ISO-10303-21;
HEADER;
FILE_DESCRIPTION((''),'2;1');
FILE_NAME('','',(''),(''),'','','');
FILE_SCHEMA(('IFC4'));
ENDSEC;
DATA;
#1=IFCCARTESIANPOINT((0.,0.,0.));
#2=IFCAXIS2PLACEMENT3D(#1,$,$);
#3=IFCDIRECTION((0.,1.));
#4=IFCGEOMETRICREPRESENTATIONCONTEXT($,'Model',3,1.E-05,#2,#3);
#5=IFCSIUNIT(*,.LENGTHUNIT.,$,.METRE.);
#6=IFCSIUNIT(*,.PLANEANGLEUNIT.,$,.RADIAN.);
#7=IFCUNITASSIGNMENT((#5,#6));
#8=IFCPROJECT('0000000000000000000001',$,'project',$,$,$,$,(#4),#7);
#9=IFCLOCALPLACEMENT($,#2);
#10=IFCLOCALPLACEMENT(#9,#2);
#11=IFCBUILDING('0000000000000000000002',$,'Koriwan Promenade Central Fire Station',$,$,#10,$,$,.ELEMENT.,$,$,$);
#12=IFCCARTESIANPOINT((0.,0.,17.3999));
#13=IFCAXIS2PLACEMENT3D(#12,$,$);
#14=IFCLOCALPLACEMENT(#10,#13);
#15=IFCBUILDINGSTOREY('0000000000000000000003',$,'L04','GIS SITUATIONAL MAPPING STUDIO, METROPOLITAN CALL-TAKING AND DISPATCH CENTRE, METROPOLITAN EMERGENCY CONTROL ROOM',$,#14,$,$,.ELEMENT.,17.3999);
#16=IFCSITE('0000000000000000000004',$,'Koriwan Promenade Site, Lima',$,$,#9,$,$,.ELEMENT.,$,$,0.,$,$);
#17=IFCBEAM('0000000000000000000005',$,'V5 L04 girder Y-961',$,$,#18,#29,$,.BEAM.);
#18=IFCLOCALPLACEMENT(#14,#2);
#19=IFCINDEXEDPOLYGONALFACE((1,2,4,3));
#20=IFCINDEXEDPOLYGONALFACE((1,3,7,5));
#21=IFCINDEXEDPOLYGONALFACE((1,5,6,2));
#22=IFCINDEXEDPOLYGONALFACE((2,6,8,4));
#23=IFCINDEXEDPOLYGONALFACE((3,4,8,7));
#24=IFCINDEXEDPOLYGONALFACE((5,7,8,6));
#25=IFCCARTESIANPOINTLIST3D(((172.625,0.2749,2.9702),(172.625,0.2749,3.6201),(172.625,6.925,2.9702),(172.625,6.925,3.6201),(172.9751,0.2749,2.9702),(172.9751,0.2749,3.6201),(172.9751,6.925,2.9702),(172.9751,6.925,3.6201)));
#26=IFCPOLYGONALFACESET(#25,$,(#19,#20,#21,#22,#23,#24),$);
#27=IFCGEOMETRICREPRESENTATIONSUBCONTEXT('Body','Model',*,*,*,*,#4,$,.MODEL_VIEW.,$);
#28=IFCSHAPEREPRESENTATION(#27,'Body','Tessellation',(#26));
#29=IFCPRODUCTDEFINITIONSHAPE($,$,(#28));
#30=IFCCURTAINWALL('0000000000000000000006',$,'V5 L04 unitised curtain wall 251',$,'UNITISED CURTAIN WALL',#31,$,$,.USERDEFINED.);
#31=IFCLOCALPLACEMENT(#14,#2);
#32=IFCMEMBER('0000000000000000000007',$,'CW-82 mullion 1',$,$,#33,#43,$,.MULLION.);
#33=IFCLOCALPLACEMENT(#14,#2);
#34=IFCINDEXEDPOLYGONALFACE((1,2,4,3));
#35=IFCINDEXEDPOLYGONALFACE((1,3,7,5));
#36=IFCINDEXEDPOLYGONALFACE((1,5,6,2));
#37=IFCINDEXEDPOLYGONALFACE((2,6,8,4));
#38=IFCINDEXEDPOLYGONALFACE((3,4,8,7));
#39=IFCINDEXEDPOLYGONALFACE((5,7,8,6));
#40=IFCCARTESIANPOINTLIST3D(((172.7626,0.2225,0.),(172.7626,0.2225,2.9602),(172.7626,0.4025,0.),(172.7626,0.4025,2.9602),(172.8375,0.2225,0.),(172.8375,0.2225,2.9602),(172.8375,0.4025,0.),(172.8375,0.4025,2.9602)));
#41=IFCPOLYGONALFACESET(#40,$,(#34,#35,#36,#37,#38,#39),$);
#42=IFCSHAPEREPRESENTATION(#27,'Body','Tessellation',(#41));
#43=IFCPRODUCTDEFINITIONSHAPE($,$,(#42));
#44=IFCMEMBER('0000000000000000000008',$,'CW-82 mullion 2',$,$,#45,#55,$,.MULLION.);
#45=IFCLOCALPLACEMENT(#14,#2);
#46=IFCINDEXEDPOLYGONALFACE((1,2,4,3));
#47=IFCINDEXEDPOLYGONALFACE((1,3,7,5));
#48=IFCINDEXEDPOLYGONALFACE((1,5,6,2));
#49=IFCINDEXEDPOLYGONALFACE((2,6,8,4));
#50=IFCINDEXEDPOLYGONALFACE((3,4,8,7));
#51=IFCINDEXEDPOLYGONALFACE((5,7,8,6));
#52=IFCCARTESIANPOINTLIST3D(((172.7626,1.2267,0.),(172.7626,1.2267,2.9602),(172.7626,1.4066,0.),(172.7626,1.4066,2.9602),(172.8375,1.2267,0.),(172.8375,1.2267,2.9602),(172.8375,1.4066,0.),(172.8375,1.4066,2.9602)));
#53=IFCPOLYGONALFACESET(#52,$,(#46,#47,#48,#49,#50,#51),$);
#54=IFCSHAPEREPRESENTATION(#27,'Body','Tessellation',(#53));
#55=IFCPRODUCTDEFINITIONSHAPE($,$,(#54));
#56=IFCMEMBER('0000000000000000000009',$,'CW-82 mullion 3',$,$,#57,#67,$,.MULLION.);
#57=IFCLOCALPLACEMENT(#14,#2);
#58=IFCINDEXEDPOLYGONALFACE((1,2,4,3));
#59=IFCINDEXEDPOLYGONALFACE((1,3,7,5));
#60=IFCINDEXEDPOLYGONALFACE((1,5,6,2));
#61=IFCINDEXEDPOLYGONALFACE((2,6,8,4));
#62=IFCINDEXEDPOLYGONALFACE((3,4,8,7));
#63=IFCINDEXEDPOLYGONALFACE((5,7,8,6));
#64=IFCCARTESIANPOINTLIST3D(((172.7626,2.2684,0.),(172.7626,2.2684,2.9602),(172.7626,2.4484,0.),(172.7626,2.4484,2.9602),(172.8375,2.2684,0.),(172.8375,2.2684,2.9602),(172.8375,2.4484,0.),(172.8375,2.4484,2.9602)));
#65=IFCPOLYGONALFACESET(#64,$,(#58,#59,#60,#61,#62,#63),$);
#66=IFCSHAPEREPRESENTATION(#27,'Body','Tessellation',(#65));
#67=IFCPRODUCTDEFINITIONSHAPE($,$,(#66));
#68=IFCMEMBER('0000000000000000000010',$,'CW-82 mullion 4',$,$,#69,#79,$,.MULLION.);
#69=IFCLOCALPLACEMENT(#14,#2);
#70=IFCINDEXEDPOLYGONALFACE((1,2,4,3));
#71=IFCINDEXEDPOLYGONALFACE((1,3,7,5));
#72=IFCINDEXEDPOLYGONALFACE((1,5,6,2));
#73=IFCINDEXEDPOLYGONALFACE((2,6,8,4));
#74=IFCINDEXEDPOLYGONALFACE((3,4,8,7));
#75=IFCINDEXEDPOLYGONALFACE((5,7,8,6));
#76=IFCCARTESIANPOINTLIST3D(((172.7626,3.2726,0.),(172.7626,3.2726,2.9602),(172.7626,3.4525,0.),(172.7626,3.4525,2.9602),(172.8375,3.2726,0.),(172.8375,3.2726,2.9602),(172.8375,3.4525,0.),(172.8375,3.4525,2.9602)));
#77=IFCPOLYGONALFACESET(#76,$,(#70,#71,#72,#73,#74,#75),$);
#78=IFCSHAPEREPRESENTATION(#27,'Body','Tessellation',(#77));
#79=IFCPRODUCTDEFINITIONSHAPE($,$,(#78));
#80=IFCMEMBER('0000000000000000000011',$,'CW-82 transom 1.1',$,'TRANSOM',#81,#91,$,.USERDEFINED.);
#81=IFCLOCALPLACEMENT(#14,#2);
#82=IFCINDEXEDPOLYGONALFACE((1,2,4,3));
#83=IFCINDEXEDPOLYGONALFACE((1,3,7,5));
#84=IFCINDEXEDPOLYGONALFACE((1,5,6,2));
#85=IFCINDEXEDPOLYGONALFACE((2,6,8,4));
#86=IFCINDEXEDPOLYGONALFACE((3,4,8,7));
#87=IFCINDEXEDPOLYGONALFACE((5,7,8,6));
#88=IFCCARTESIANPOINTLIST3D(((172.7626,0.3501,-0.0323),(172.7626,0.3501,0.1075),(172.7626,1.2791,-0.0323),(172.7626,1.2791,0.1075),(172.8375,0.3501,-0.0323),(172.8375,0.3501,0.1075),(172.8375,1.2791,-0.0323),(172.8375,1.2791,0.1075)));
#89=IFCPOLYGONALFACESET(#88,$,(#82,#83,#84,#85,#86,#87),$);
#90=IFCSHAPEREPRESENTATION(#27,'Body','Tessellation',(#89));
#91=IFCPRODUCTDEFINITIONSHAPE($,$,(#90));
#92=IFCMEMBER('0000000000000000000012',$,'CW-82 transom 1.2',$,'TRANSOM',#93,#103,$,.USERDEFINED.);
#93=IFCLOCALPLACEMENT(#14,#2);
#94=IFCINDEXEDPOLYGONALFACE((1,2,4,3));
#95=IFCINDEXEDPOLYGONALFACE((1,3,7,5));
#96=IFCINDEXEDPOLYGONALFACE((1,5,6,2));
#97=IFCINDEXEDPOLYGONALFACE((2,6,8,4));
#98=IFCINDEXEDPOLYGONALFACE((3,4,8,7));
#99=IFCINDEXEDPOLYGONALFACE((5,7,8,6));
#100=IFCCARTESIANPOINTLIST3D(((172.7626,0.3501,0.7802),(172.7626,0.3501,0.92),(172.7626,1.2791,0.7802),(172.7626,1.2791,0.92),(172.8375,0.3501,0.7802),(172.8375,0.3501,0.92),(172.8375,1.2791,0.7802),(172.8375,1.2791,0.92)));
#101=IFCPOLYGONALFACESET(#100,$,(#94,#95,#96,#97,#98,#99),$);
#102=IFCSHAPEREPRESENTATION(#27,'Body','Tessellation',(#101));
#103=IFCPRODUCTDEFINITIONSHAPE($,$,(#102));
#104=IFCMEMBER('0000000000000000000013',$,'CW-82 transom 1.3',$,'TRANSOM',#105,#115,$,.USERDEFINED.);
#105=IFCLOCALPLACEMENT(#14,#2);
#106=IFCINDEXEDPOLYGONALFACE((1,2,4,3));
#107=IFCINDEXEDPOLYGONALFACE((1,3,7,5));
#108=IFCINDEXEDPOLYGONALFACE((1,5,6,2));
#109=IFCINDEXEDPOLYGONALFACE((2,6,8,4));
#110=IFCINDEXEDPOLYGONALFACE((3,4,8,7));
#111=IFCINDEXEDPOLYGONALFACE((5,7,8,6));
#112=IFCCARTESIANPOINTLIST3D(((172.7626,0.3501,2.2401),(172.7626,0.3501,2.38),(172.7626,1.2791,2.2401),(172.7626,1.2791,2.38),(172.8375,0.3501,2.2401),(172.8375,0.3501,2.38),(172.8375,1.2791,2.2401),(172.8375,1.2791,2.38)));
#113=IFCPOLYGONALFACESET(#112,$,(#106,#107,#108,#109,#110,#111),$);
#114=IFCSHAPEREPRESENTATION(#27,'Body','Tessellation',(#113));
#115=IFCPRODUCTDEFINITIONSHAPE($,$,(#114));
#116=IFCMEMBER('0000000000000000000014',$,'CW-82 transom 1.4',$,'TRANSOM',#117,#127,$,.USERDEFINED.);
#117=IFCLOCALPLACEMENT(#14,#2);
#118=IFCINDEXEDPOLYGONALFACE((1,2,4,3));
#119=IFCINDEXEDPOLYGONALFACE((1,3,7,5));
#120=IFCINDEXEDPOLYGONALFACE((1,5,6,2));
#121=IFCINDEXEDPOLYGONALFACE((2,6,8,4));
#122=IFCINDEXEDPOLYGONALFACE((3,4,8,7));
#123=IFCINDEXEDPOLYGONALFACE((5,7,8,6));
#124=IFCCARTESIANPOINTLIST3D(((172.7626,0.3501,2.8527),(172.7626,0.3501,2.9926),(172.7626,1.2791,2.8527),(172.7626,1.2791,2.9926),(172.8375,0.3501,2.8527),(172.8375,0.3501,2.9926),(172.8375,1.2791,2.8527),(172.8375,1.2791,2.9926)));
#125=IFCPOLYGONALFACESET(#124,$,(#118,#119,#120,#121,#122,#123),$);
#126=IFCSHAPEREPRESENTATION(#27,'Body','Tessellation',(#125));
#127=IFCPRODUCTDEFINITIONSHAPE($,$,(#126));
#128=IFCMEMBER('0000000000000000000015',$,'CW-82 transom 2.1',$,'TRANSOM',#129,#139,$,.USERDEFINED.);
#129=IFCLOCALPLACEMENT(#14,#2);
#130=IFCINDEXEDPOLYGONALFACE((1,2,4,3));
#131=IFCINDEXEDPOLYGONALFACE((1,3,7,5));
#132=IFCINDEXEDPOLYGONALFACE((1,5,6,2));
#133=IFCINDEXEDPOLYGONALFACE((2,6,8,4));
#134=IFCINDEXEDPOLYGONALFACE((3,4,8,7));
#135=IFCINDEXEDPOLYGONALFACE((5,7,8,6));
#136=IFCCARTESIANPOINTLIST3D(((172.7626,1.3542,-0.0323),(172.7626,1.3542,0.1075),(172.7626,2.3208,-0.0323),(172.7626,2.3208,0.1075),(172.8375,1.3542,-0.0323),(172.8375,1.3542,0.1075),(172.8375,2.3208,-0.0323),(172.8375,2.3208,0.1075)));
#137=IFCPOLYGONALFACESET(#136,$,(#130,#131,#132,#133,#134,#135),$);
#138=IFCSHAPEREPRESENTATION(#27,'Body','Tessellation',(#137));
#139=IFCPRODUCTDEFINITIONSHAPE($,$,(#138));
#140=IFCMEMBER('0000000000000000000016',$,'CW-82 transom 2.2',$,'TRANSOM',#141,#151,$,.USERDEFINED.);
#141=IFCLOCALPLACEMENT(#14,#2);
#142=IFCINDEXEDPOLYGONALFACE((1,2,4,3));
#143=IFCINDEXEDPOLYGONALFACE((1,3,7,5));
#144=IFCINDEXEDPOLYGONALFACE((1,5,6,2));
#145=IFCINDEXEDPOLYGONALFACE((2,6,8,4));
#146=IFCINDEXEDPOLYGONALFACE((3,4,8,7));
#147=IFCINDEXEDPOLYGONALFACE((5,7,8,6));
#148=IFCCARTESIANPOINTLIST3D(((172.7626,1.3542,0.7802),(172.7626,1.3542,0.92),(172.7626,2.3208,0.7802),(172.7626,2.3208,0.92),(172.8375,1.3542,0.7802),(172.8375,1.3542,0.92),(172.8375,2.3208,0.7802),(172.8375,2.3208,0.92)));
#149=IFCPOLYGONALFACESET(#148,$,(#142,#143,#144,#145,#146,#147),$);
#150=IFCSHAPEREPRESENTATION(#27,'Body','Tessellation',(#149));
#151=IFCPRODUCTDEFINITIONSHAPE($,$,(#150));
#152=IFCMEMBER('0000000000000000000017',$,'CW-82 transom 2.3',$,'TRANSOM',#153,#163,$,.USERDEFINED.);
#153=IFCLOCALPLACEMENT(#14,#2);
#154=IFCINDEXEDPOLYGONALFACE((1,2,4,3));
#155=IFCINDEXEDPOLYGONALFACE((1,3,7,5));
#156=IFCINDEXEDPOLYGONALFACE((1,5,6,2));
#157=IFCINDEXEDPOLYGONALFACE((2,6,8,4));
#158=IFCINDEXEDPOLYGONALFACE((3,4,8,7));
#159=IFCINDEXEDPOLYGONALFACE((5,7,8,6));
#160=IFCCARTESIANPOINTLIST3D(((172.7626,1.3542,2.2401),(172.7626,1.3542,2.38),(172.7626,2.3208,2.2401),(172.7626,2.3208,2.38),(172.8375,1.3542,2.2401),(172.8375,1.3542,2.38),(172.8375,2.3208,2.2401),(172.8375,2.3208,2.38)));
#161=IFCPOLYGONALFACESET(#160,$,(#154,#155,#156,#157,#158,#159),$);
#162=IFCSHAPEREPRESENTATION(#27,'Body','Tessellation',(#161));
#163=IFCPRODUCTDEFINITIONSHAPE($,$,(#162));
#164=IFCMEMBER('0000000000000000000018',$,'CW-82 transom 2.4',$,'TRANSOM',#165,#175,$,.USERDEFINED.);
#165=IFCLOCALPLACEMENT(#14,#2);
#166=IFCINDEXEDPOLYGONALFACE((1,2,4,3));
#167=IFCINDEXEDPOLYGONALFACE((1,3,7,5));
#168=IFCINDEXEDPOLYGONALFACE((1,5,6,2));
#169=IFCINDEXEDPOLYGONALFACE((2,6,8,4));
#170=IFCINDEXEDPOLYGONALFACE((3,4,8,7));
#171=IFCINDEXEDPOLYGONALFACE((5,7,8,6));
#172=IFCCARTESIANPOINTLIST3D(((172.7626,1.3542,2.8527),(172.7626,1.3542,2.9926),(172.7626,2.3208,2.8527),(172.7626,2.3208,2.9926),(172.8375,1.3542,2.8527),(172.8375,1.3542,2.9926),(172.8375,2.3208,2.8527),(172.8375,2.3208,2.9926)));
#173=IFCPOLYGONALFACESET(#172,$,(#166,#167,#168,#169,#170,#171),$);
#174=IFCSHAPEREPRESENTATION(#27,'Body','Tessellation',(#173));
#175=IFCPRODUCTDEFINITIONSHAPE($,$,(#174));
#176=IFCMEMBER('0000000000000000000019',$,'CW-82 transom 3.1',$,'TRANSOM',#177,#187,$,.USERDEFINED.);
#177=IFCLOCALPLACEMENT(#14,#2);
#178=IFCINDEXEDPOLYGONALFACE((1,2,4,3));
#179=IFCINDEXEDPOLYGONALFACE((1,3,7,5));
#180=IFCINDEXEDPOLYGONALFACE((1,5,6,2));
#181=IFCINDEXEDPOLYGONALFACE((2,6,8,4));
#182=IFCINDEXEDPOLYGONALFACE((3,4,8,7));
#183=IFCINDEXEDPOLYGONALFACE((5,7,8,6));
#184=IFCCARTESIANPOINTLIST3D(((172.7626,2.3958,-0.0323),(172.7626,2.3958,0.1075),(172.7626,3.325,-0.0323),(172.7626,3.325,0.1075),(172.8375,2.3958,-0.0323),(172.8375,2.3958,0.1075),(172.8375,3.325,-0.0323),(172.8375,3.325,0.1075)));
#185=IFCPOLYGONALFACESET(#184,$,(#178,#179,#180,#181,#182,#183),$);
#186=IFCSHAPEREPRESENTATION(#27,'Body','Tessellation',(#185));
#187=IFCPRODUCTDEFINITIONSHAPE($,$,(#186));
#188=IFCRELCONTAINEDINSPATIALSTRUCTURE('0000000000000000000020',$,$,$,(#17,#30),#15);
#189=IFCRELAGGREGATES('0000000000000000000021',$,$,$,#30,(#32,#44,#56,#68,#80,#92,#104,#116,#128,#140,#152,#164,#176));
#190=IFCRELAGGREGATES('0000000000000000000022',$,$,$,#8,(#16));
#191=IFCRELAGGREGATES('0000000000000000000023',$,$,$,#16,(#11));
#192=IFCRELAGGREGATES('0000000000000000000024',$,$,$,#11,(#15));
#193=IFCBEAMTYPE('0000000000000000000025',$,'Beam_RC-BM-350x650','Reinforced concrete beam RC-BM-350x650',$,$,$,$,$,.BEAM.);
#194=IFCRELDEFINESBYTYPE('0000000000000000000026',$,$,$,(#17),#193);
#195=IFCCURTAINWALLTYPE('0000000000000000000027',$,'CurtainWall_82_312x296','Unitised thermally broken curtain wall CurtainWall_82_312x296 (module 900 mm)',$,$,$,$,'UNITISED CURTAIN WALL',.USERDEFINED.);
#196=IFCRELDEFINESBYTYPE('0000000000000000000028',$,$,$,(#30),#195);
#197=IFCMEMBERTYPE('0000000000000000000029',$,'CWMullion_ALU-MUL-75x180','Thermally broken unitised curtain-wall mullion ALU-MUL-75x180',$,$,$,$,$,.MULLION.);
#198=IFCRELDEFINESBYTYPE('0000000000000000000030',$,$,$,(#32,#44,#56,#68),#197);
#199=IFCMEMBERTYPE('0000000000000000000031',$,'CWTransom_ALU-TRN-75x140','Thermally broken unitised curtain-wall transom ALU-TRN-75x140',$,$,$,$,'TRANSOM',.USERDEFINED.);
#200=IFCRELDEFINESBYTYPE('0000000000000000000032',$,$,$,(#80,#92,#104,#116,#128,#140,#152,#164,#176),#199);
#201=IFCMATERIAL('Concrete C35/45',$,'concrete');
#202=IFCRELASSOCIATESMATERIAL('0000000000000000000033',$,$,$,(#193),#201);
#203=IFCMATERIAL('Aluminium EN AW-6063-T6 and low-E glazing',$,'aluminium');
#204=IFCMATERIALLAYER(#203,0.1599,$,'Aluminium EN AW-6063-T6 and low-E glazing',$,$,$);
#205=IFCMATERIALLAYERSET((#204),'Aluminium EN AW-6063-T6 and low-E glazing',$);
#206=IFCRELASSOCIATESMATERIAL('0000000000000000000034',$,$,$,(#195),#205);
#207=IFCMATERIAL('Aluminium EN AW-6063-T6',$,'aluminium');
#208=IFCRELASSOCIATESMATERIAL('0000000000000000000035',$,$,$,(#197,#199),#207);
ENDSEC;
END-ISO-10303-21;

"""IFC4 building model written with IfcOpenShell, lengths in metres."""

from ifc_helpers import new_model, si_unit, direction, frame, origin, origin_2d, place, context, subcontext, project, spatial, rectangle, extrude, material, layer, layer_set, material_profile, profile_set, type_object, element, aggregate, save


model = new_model("IFC4")

# Units and contexts
model_context = context("Model", 3, precision=1e-05, world=origin(), true_north=direction((0.0, 1.0)))
body_context = subcontext(model_context, "Body", "Model", "MODEL_VIEW")
ifc_project = project(units=[si_unit("LENGTHUNIT", "METRE"), si_unit("PLANEANGLEUNIT", "RADIAN")], contexts=[model_context])

# Site, building, storey
site_placement = place(None, origin())
site = spatial("IfcSite", under=ifc_project, at=site_placement, Name="Koriwan Promenade Site, Lima", CompositionType="ELEMENT", RefElevation=0.0)
building_placement = place(site_placement, origin())
building = spatial("IfcBuilding", under=site, at=building_placement, Name="Koriwan Promenade Central Fire Station", CompositionType="ELEMENT")
storey_placement = place(building_placement, frame((0.0, 0.0, 17.3999)))
storey = spatial("IfcBuildingStorey", under=building, at=storey_placement, Name="L04", Description="GIS SITUATIONAL MAPPING STUDIO, METROPOLITAN CALL-TAKING AND DISPATCH CENTRE, METROPOLITAN EMERGENCY CONTROL ROOM", CompositionType="ELEMENT", Elevation=17.3999)

# Beam
ifc_material_1 = material(Name="Concrete C35/45", Category="concrete")
ifc_material_profile_1 = material_profile(ifc_material_1, rectangle(XDim=0.3501, YDim=0.6499, at=origin_2d()), Name="RC-BM-350x650")
ifc_profile_set_1 = profile_set([ifc_material_profile_1], Name="Concrete C35/45")
beam_type = type_object("IfcBeamType", Name="Beam_RC-BM-350x650", Description="Reinforced concrete beam RC-BM-350x650", PredefinedType="BEAM", material=ifc_profile_set_1)
beam_placement = place(storey_placement, frame((172.8, 0.2749, 3.2952), z_axis=(0.0, 1.0, 0.0), x_axis=(-1.0, 0.0, 0.0)))
element("IfcBeam", 1, at=beam_placement, inside=storey, type_object=beam_type, Name="V5 L04 girder Y-961", PredefinedType="BEAM", context=body_context, shape_type="SweptSolid", body=[
    extrude(rectangle(XDim=0.3501, YDim=0.6499, at=origin_2d()), origin(), (0.0, 0.0, 1.0), 6.6501),
])

# Curtain wall, members
ifc_material_2 = material(Name="Aluminium EN AW-6063-T6 and low-E glazing", Category="aluminium")
ifc_layer_1 = layer(ifc_material_2, 0.1599, Name="Aluminium EN AW-6063-T6 and low-E glazing")
ifc_layer_set_1 = layer_set([ifc_layer_1], Name="Aluminium EN AW-6063-T6 and low-E glazing")
curtain_wall_type = type_object("IfcCurtainWallType", Name="CurtainWall_82_312x296", Description="Unitised thermally broken curtain wall CurtainWall_82_312x296 (module 900 mm)", ElementType="UNITISED CURTAIN WALL", PredefinedType="USERDEFINED", material=ifc_layer_set_1)
curtain_wall_placement = place(storey_placement, origin())
curtain_wall = element("IfcCurtainWall", 2, at=curtain_wall_placement, inside=storey, type_object=curtain_wall_type, Name="V5 L04 unitised curtain wall 251", ObjectType="UNITISED CURTAIN WALL", PredefinedType="USERDEFINED")
ifc_material_3 = material(Name="Aluminium EN AW-6063-T6", Category="aluminium")
ifc_material_profile_2 = material_profile(ifc_material_3, rectangle(XDim=0.075, YDim=0.1799, at=origin_2d()), Name="ALU-MUL-75x180")
ifc_profile_set_2 = profile_set([ifc_material_profile_2], Name="Aluminium EN AW-6063-T6")
member_type_1 = type_object("IfcMemberType", Name="CWMullion_ALU-MUL-75x180", Description="Thermally broken unitised curtain-wall mullion ALU-MUL-75x180", PredefinedType="MULLION", material=ifc_profile_set_2)
member_1_placement = place(storey_placement, frame((172.8, 0.3125, 0.0), z_axis=(0.0, 0.0, 1.0), x_axis=(-1.0, 0.0, 0.0)))
member_1 = element("IfcMember", 3, at=member_1_placement, type_object=member_type_1, Name="CW-82 mullion 1", PredefinedType="MULLION", context=body_context, shape_type="SweptSolid", body=[
    extrude(rectangle(XDim=0.075, YDim=0.1799, at=origin_2d()), origin(), (0.0, 0.0, 1.0), 2.9602),
])
member_2_placement = place(storey_placement, frame((172.8, 1.3167, 0.0), z_axis=(0.0, 0.0, 1.0), x_axis=(-1.0, 0.0, 0.0)))
member_2 = element("IfcMember", 4, at=member_2_placement, type_object=member_type_1, Name="CW-82 mullion 2", PredefinedType="MULLION", context=body_context, shape_type="SweptSolid", body=[
    extrude(rectangle(XDim=0.075, YDim=0.1799, at=origin_2d()), origin(), (0.0, 0.0, 1.0), 2.9602),
])
member_3_placement = place(storey_placement, frame((172.8, 2.3584, 0.0), z_axis=(0.0, 0.0, 1.0), x_axis=(-1.0, 0.0, 0.0)))
member_3 = element("IfcMember", 5, at=member_3_placement, type_object=member_type_1, Name="CW-82 mullion 3", PredefinedType="MULLION", context=body_context, shape_type="SweptSolid", body=[
    extrude(rectangle(XDim=0.075, YDim=0.1799, at=origin_2d()), origin(), (0.0, 0.0, 1.0), 2.9602),
])
member_4_placement = place(storey_placement, frame((172.8, 3.3625, 0.0), z_axis=(0.0, 0.0, 1.0), x_axis=(-1.0, 0.0, 0.0)))
member_4 = element("IfcMember", 6, at=member_4_placement, type_object=member_type_1, Name="CW-82 mullion 4", PredefinedType="MULLION", context=body_context, shape_type="SweptSolid", body=[
    extrude(rectangle(XDim=0.075, YDim=0.1799, at=origin_2d()), origin(), (0.0, 0.0, 1.0), 2.9602),
])
ifc_material_profile_3 = material_profile(ifc_material_3, rectangle(XDim=0.075, YDim=0.1399, at=origin_2d()), Name="ALU-TRN-75x140")
ifc_profile_set_3 = profile_set([ifc_material_profile_3], Name="Aluminium EN AW-6063-T6")
member_type_2 = type_object("IfcMemberType", Name="CWTransom_ALU-TRN-75x140", Description="Thermally broken unitised curtain-wall transom ALU-TRN-75x140", ElementType="TRANSOM", PredefinedType="USERDEFINED", material=ifc_profile_set_3)
member_5_placement = place(storey_placement, frame((172.8, 0.3501, 0.0376), z_axis=(0.0, 1.0, 0.0), x_axis=(-1.0, 0.0, 0.0)))
member_5 = element("IfcMember", 7, at=member_5_placement, type_object=member_type_2, Name="CW-82 transom 1.1", ObjectType="TRANSOM", PredefinedType="USERDEFINED", context=body_context, shape_type="SweptSolid", body=[
    extrude(rectangle(XDim=0.075, YDim=0.1399, at=origin_2d()), origin(), (0.0, 0.0, 1.0), 0.929),
])
member_6_placement = place(storey_placement, frame((172.8, 0.3501, 0.8501), z_axis=(0.0, 1.0, 0.0), x_axis=(-1.0, 0.0, 0.0)))
member_6 = element("IfcMember", 8, at=member_6_placement, type_object=member_type_2, Name="CW-82 transom 1.2", ObjectType="TRANSOM", PredefinedType="USERDEFINED", context=body_context, shape_type="SweptSolid", body=[
    extrude(rectangle(XDim=0.075, YDim=0.1399, at=origin_2d()), origin(), (0.0, 0.0, 1.0), 0.929),
])
member_7_placement = place(storey_placement, frame((172.8, 0.3501, 2.3101), z_axis=(0.0, 1.0, 0.0), x_axis=(-1.0, 0.0, 0.0)))
member_7 = element("IfcMember", 9, at=member_7_placement, type_object=member_type_2, Name="CW-82 transom 1.3", ObjectType="TRANSOM", PredefinedType="USERDEFINED", context=body_context, shape_type="SweptSolid", body=[
    extrude(rectangle(XDim=0.075, YDim=0.1399, at=origin_2d()), origin(), (0.0, 0.0, 1.0), 0.929),
])
member_8_placement = place(storey_placement, frame((172.8, 0.3501, 2.9226), z_axis=(0.0, 1.0, 0.0), x_axis=(-1.0, 0.0, 0.0)))
member_8 = element("IfcMember", 10, at=member_8_placement, type_object=member_type_2, Name="CW-82 transom 1.4", ObjectType="TRANSOM", PredefinedType="USERDEFINED", context=body_context, shape_type="SweptSolid", body=[
    extrude(rectangle(XDim=0.075, YDim=0.1399, at=origin_2d()), origin(), (0.0, 0.0, 1.0), 0.929),
])
member_9_placement = place(storey_placement, frame((172.8, 1.3542, 0.0376), z_axis=(0.0, 1.0, 0.0), x_axis=(-1.0, 0.0, 0.0)))
member_9 = element("IfcMember", 11, at=member_9_placement, type_object=member_type_2, Name="CW-82 transom 2.1", ObjectType="TRANSOM", PredefinedType="USERDEFINED", context=body_context, shape_type="SweptSolid", body=[
    extrude(rectangle(XDim=0.075, YDim=0.1399, at=origin_2d()), origin(), (0.0, 0.0, 1.0), 0.9666),
])
member_10_placement = place(storey_placement, frame((172.8, 1.3542, 0.8501), z_axis=(0.0, 1.0, 0.0), x_axis=(-1.0, 0.0, 0.0)))
member_10 = element("IfcMember", 12, at=member_10_placement, type_object=member_type_2, Name="CW-82 transom 2.2", ObjectType="TRANSOM", PredefinedType="USERDEFINED", context=body_context, shape_type="SweptSolid", body=[
    extrude(rectangle(XDim=0.075, YDim=0.1399, at=origin_2d()), origin(), (0.0, 0.0, 1.0), 0.9666),
])
member_11_placement = place(storey_placement, frame((172.8, 1.3542, 2.3101), z_axis=(0.0, 1.0, 0.0), x_axis=(-1.0, 0.0, 0.0)))
member_11 = element("IfcMember", 13, at=member_11_placement, type_object=member_type_2, Name="CW-82 transom 2.3", ObjectType="TRANSOM", PredefinedType="USERDEFINED", context=body_context, shape_type="SweptSolid", body=[
    extrude(rectangle(XDim=0.075, YDim=0.1399, at=origin_2d()), origin(), (0.0, 0.0, 1.0), 0.9666),
])
member_12_placement = place(storey_placement, frame((172.8, 1.3542, 2.9226), z_axis=(0.0, 1.0, 0.0), x_axis=(-1.0, 0.0, 0.0)))
member_12 = element("IfcMember", 14, at=member_12_placement, type_object=member_type_2, Name="CW-82 transom 2.4", ObjectType="TRANSOM", PredefinedType="USERDEFINED", context=body_context, shape_type="SweptSolid", body=[
    extrude(rectangle(XDim=0.075, YDim=0.1399, at=origin_2d()), origin(), (0.0, 0.0, 1.0), 0.9666),
])
member_13_placement = place(storey_placement, frame((172.8, 2.3958, 0.0376), z_axis=(0.0, 1.0, 0.0), x_axis=(-1.0, 0.0, 0.0)))
member_13 = element("IfcMember", 15, at=member_13_placement, type_object=member_type_2, Name="CW-82 transom 3.1", ObjectType="TRANSOM", PredefinedType="USERDEFINED", context=body_context, shape_type="SweptSolid", body=[
    extrude(rectangle(XDim=0.075, YDim=0.1399, at=origin_2d()), origin(), (0.0, 0.0, 1.0), 0.9292),
])

aggregate(curtain_wall, [member_1, member_2, member_3, member_4, member_5, member_6, member_7, member_8, member_9, member_10, member_11, member_12, member_13])

save(model, "model.ifc")
